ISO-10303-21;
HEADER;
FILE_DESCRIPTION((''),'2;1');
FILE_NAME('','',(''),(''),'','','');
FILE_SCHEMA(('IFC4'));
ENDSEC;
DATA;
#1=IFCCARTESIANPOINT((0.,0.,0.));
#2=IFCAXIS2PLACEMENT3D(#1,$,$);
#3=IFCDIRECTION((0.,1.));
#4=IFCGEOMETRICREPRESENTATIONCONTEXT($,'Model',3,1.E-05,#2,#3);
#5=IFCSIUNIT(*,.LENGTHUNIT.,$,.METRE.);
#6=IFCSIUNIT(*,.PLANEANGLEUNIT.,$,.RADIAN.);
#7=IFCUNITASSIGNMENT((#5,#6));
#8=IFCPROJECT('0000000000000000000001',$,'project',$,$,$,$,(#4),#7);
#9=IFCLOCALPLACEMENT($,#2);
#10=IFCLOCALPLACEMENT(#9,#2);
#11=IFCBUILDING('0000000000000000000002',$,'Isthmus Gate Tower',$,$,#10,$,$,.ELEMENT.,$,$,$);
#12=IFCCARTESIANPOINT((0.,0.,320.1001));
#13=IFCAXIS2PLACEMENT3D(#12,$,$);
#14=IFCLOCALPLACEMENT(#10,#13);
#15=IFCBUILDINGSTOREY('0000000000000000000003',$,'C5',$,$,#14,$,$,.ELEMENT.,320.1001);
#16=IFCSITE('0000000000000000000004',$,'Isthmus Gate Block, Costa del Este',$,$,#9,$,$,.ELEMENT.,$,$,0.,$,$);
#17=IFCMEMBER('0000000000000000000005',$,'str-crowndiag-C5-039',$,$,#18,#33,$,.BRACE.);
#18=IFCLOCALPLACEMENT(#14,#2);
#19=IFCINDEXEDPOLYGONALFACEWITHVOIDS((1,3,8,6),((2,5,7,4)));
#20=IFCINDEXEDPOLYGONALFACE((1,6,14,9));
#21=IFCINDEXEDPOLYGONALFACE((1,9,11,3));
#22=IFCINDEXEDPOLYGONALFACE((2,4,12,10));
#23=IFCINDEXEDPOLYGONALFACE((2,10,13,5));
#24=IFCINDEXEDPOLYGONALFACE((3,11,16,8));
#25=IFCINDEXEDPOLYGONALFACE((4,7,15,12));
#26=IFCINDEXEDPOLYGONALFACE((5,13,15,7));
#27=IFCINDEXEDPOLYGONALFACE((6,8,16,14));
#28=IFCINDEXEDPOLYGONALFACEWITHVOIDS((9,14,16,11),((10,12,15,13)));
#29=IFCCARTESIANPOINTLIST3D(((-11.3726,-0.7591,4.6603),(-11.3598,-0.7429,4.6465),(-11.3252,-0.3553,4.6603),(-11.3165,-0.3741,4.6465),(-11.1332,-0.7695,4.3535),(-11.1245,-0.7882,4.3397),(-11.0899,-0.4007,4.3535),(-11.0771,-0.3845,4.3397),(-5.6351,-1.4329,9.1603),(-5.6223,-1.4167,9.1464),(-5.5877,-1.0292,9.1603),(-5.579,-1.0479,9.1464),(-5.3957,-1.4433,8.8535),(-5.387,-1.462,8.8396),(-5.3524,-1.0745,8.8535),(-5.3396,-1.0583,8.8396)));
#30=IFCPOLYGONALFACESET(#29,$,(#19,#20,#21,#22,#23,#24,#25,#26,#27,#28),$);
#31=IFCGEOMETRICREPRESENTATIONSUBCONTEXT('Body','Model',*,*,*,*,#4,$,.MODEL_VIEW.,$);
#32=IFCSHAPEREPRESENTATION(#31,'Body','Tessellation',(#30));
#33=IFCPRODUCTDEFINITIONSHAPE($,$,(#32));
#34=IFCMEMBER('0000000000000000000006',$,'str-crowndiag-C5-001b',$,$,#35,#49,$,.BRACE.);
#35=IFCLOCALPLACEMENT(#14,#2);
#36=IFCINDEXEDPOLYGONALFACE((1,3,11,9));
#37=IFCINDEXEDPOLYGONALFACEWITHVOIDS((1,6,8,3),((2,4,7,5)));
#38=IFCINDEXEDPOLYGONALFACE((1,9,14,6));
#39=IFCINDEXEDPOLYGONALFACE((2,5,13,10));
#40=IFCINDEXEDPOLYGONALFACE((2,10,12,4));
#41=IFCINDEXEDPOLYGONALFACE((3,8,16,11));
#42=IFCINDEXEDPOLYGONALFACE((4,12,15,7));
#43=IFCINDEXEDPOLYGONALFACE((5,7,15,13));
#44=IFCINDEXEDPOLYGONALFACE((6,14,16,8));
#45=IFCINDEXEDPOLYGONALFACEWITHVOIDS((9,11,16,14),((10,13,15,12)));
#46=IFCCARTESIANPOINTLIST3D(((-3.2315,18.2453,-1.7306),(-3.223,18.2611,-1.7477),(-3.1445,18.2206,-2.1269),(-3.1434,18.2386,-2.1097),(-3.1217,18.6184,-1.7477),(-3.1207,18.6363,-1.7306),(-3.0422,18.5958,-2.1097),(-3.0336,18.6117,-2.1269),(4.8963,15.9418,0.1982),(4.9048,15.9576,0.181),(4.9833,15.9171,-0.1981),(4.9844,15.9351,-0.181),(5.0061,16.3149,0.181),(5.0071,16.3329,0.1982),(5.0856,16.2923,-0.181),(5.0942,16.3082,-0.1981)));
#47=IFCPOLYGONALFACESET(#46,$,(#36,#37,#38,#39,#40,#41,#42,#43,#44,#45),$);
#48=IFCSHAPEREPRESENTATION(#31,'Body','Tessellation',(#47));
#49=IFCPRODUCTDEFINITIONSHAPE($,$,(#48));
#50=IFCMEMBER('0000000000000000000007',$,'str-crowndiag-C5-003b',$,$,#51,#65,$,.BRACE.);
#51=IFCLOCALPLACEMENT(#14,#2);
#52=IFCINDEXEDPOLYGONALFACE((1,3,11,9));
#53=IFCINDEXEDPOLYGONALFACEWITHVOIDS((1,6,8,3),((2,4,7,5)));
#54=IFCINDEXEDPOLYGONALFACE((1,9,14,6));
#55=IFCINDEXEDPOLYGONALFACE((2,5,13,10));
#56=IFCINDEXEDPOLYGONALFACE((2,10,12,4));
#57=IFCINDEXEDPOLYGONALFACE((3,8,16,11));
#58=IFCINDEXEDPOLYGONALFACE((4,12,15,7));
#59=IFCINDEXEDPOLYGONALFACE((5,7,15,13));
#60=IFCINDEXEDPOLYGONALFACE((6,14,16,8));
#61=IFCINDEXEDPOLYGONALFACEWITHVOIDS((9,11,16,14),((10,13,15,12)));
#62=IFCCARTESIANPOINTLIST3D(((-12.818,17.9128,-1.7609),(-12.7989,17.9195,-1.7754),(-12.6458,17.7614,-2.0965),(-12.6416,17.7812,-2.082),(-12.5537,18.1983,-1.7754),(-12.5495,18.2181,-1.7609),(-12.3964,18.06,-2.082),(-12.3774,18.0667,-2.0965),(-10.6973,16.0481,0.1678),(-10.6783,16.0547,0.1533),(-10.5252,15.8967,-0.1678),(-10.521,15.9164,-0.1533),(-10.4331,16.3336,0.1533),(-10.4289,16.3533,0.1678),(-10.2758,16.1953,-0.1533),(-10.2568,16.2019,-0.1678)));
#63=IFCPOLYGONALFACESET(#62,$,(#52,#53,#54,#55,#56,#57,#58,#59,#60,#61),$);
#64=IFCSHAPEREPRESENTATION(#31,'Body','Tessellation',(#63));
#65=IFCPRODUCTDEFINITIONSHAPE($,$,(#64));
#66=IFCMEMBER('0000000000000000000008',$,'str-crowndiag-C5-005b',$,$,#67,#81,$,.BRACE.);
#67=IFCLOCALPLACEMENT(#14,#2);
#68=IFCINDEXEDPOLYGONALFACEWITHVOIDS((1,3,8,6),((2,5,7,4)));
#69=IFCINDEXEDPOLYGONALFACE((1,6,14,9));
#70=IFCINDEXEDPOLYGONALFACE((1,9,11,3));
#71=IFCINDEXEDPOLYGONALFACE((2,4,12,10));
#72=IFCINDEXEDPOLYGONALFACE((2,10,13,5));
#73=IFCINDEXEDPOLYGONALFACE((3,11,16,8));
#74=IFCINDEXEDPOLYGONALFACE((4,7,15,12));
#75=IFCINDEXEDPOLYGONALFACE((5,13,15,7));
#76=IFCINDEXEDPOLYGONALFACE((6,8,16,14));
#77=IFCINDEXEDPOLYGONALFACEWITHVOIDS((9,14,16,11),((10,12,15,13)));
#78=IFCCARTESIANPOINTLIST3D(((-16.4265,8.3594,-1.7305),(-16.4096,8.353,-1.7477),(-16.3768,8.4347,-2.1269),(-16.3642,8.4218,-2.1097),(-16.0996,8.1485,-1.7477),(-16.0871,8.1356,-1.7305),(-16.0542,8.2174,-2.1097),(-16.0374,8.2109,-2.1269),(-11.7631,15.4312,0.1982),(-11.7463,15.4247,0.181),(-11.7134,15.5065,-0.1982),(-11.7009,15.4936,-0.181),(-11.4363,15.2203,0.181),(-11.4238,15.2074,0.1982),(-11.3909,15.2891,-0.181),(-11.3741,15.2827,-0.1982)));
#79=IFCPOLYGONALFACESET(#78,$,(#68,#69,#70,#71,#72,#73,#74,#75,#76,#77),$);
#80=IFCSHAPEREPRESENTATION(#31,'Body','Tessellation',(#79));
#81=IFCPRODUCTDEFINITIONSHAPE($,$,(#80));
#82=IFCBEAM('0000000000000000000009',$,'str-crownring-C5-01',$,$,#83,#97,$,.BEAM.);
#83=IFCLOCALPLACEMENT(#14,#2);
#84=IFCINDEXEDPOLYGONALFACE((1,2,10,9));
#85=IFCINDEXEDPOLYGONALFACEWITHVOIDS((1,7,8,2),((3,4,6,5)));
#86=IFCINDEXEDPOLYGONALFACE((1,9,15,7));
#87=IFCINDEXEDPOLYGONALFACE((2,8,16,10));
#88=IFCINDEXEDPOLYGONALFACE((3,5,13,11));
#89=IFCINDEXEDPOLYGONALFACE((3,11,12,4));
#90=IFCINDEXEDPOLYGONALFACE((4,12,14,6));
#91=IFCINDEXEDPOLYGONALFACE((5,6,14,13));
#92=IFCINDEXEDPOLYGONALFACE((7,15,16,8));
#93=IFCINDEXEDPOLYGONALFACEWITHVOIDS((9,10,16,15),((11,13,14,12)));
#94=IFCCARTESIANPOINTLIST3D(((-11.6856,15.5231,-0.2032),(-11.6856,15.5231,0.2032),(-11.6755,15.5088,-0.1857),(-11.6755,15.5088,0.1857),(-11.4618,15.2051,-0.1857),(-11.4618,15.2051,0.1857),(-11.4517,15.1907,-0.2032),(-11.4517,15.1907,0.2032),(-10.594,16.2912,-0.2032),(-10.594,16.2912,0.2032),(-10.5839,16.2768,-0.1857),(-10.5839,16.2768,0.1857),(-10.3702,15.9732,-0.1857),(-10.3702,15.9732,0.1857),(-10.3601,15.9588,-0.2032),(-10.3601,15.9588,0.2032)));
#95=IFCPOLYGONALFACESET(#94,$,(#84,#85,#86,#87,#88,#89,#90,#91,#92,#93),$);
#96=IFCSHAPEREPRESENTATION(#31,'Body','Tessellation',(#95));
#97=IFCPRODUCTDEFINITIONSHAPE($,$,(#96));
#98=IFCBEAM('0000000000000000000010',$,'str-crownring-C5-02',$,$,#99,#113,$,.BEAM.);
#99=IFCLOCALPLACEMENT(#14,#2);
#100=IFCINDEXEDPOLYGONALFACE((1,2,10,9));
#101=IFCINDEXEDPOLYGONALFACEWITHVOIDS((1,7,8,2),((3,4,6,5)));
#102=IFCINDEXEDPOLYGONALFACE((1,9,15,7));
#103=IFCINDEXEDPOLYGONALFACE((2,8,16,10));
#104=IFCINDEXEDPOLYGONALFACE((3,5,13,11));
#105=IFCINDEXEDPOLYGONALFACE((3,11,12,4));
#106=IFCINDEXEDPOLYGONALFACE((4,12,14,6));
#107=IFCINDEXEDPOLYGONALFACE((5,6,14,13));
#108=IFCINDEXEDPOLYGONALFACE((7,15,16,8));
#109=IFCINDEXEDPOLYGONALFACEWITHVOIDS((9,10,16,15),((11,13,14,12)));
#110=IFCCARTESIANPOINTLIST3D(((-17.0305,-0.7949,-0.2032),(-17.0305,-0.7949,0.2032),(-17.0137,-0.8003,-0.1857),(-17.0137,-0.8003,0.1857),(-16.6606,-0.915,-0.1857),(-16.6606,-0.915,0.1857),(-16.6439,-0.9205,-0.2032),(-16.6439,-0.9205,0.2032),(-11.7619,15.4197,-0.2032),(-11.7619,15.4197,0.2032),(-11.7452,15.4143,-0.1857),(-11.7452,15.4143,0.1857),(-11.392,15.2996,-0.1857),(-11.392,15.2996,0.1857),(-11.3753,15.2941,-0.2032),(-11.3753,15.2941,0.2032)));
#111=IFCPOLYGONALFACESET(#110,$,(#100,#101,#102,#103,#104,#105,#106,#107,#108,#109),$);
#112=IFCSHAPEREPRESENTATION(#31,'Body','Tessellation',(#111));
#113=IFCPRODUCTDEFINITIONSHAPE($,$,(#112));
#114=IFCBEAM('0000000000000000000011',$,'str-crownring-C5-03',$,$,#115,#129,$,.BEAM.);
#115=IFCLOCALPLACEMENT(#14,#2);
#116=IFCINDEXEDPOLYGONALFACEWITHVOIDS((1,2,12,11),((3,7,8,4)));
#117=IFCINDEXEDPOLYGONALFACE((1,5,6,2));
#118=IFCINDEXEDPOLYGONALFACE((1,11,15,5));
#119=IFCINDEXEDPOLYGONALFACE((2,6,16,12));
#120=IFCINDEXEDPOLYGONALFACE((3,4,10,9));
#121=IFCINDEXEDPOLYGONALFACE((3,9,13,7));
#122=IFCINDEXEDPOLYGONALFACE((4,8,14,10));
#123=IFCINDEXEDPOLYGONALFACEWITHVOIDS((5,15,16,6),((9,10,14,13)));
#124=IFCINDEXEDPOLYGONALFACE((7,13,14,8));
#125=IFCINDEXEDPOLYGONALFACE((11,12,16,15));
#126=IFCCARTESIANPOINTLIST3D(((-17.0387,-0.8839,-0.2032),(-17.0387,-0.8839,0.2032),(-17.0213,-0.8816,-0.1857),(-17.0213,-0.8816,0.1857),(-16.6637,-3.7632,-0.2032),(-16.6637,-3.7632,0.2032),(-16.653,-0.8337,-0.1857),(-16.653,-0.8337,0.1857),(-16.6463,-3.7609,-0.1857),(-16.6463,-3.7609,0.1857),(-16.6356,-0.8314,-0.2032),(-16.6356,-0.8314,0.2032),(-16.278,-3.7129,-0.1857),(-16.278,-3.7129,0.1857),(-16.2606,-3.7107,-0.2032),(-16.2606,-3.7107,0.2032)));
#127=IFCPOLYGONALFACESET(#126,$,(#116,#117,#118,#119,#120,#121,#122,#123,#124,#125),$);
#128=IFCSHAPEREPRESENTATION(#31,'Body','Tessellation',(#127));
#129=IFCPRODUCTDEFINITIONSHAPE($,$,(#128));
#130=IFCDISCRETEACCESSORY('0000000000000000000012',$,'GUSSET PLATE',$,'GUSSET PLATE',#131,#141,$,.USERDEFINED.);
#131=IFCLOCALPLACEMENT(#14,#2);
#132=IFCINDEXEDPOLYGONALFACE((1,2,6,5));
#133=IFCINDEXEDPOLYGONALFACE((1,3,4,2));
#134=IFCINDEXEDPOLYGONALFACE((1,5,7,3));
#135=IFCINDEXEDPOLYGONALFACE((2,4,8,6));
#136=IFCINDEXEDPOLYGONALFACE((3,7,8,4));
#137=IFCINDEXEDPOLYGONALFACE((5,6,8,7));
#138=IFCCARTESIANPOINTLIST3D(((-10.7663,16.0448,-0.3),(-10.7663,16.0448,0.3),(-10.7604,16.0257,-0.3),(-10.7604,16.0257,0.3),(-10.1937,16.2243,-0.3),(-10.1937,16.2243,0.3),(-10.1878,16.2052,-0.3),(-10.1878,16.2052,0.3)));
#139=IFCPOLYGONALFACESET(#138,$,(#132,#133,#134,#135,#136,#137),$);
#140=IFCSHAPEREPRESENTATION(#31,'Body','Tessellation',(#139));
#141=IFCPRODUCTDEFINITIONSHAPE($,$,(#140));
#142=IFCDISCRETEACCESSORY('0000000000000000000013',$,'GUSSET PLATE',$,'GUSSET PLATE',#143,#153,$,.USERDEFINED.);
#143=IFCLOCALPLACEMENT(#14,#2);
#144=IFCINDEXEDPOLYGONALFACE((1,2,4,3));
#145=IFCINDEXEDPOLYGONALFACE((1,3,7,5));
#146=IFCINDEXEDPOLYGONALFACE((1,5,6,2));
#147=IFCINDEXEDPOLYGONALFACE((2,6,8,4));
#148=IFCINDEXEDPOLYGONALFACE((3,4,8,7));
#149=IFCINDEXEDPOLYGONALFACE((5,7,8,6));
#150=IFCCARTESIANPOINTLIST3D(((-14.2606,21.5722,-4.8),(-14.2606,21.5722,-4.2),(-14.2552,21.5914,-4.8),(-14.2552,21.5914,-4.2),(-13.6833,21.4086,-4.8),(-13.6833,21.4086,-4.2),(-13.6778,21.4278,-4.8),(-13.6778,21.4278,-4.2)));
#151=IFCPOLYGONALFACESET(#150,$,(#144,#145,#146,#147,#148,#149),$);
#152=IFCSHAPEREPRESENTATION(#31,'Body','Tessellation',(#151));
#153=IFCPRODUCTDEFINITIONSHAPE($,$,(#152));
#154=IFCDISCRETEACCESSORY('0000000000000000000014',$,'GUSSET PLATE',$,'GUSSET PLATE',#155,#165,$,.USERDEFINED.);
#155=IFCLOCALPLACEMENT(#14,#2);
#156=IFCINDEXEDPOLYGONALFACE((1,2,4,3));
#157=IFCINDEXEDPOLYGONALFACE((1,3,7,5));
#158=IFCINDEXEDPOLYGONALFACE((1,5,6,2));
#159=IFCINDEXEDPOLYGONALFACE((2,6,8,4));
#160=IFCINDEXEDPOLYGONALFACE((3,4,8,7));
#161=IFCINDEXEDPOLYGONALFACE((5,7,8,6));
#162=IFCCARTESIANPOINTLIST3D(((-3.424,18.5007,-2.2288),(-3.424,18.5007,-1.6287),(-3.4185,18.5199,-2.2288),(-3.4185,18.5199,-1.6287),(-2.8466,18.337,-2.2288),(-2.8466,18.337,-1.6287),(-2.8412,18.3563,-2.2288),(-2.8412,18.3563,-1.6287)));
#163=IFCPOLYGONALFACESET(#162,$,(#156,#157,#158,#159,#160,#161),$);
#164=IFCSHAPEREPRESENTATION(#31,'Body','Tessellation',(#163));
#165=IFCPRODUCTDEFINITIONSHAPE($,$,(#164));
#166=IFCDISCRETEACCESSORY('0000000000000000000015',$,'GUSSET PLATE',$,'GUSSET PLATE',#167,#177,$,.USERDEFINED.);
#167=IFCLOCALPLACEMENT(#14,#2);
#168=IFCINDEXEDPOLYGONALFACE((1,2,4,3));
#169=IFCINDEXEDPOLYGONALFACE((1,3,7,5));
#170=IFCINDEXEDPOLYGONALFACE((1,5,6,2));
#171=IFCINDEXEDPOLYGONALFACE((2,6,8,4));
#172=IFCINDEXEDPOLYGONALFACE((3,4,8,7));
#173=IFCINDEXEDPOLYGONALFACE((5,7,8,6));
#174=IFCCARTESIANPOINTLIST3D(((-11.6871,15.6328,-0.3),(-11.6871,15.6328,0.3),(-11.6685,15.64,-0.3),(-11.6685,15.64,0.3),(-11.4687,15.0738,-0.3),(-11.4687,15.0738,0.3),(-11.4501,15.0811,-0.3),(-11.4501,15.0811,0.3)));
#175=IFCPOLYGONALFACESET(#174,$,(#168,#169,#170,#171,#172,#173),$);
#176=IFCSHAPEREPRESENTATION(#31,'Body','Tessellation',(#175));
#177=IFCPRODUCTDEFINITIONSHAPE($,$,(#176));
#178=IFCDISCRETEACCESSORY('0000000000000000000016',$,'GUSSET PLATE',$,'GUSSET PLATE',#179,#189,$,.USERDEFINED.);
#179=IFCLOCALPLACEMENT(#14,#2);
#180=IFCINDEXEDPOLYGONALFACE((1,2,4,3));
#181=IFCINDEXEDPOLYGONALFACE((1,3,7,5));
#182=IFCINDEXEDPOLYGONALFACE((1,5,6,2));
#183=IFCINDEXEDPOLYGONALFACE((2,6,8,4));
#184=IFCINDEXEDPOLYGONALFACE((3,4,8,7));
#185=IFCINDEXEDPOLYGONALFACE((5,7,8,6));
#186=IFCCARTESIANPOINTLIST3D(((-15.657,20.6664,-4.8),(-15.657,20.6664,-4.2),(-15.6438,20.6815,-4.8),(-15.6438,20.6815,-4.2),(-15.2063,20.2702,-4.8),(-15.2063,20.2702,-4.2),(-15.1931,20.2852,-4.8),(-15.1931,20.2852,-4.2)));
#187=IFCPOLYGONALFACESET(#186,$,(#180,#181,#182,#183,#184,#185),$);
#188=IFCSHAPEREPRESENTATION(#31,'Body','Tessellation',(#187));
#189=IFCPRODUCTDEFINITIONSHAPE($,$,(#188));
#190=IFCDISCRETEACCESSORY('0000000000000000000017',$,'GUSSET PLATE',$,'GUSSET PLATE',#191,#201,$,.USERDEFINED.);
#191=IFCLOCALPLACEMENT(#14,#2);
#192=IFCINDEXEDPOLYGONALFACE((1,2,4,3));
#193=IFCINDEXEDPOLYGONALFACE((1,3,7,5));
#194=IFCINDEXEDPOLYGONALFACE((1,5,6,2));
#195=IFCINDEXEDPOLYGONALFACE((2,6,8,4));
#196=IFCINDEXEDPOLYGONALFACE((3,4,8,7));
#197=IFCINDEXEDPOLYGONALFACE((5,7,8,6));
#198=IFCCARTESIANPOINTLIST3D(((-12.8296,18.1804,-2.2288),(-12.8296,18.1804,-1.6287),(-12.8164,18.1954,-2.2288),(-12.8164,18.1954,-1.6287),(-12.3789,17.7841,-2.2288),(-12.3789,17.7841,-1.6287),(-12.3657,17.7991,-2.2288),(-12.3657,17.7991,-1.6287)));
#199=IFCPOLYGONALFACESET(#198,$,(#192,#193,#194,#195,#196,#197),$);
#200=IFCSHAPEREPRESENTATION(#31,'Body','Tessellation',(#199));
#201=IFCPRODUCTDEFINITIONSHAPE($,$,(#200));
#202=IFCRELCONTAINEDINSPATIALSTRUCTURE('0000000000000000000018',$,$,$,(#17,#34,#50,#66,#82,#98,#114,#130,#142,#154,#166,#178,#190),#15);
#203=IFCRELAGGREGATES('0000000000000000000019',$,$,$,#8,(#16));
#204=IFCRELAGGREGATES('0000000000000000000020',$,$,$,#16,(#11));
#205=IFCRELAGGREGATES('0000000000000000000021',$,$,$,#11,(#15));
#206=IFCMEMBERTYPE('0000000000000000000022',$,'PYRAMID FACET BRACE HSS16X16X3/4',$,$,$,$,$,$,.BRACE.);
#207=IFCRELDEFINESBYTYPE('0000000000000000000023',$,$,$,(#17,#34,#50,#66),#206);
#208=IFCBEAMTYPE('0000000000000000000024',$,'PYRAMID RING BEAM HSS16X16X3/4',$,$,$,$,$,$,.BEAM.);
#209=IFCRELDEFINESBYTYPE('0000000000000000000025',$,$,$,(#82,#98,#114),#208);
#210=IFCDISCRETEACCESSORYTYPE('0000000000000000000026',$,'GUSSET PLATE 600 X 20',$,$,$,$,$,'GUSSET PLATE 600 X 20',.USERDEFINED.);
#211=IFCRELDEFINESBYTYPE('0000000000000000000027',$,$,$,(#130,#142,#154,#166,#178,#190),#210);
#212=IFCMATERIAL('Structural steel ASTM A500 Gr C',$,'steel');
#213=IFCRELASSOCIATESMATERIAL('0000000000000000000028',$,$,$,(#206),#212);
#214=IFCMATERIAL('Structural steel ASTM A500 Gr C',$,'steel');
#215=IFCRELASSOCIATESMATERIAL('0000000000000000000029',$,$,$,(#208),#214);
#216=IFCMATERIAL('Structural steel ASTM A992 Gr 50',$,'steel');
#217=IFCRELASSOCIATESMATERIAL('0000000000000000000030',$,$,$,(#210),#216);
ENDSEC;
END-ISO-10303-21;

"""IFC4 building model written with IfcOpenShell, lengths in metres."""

from ifc_helpers import new_model, si_unit, direction, frame, origin, origin_2d, place, context, subcontext, project, spatial, rectangle, hollow_rectangle, extrude, material, material_profile, profile_set, type_object, element, save


model = new_model("IFC4")

# Units and contexts
model_context = context("Model", 3, precision=1e-05, world=origin(), true_north=direction((0.0, 1.0)))
body_context = subcontext(model_context, "Body", "Model", "MODEL_VIEW")
ifc_project = project(units=[si_unit("LENGTHUNIT", "METRE"), si_unit("PLANEANGLEUNIT", "RADIAN")], contexts=[model_context])

# Site, building, storey
site_placement = place(None, origin())
site = spatial("IfcSite", under=ifc_project, at=site_placement, Name="Isthmus Gate Block, Costa del Este", CompositionType="ELEMENT", RefElevation=0.0)
building_placement = place(site_placement, origin())
building = spatial("IfcBuilding", under=site, at=building_placement, Name="Isthmus Gate Tower", CompositionType="ELEMENT")
storey_placement = place(building_placement, frame((0.0, 0.0, 320.1001)))
storey = spatial("IfcBuildingStorey", under=building, at=storey_placement, Name="C5", CompositionType="ELEMENT", Elevation=320.1001)

# Members
ifc_material_1 = material(Name="Structural steel ASTM A500 Gr C", Category="steel")
ifc_material_profile_1 = material_profile(ifc_material_1, hollow_rectangle(XDim=0.4065, YDim=0.4065, WallThickness=0.0176, at=origin_2d()), Name="HSS16X16X3/4")
ifc_profile_set_1 = profile_set([ifc_material_profile_1], Name="Structural steel ASTM A500 Gr C")
member_type = type_object("IfcMemberType", Name="PYRAMID FACET BRACE HSS16X16X3/4", PredefinedType="BRACE", material=ifc_profile_set_1)
member_1_placement = place(storey_placement, frame((-11.2249, -0.5718, 4.5), z_axis=(0.783518, -0.092018, 0.614518), x_axis=(0.11664, 0.993174, 0.0)))
element("IfcMember", 1, at=member_1_placement, inside=storey, type_object=member_type, Name="str-crowndiag-C5-039", PredefinedType="BRACE", context=body_context, shape_type="SweptSolid", body=[
    extrude(hollow_rectangle(XDim=0.4065, YDim=0.4065, WallThickness=0.0176, at=origin_2d()), origin(), (0.0, 0.0, 1.0), 7.3228),
])
member_2_placement = place(storey_placement, frame((-3.1326, 18.4285, -1.9287), z_axis=(0.937972, -0.265831, 0.222582), x_axis=(0.272671, 0.962107, 0.0)))
element("IfcMember", 2, at=member_2_placement, inside=storey, type_object=member_type, Name="str-crowndiag-C5-001b", PredefinedType="BRACE", context=body_context, shape_type="SweptSolid", body=[
    extrude(hollow_rectangle(XDim=0.4065, YDim=0.4065, WallThickness=0.0176, at=origin_2d()), origin(), (0.0, 0.0, 1.0), 8.6653),
])
member_3_placement = place(storey_placement, frame((-12.5977, 17.9897, -1.9287), z_axis=(0.620119, -0.545299, 0.564004), x_axis=(0.660351, 0.750957, 0.0)))
element("IfcMember", 3, at=member_3_placement, inside=storey, type_object=member_type, Name="str-crowndiag-C5-003b", PredefinedType="BRACE", context=body_context, shape_type="SweptSolid", body=[
    extrude(hollow_rectangle(XDim=0.4065, YDim=0.4065, WallThickness=0.0176, at=origin_2d()), origin(), (0.0, 0.0, 1.0), 3.4197),
])
member_4_placement = place(storey_placement, frame((-16.2319, 8.2852, -1.9287), z_axis=(0.536772, 0.813996, 0.222004), x_axis=(-0.834829, 0.55051, 0.0)))
element("IfcMember", 4, at=member_4_placement, inside=storey, type_object=member_type, Name="str-crowndiag-C5-005b", PredefinedType="BRACE", context=body_context, shape_type="SweptSolid", body=[
    extrude(hollow_rectangle(XDim=0.4065, YDim=0.4065, WallThickness=0.0176, at=origin_2d()), origin(), (0.0, 0.0, 1.0), 8.6877),
])

# Beams
ifc_material_2 = material(Name="Structural steel ASTM A500 Gr C", Category="steel")
ifc_material_profile_2 = material_profile(ifc_material_2, hollow_rectangle(XDim=0.4065, YDim=0.4065, WallThickness=0.0176, at=origin_2d()), Name="HSS16X16X3/4")
ifc_profile_set_2 = profile_set([ifc_material_profile_2], Name="Structural steel ASTM A500 Gr C")
beam_type = type_object("IfcBeamType", Name="PYRAMID RING BEAM HSS16X16X3/4", PredefinedType="BEAM", material=ifc_profile_set_2)
beam_1_placement = place(storey_placement, frame((-10.4771, 16.125, 0.0), z_axis=(-0.817829, -0.575462, 0.0), x_axis=(0.575462, -0.817829, 0.0)))
element("IfcBeam", 5, at=beam_1_placement, inside=storey, type_object=beam_type, Name="str-crownring-C5-01", PredefinedType="BEAM", context=body_context, shape_type="SweptSolid", body=[
    extrude(hollow_rectangle(XDim=0.4065, YDim=0.4065, WallThickness=0.0176, at=origin_2d()), origin(), (0.0, 0.0, 1.0), 1.3347),
])
beam_2_placement = place(storey_placement, frame((-11.5686, 15.3569, 0.0), z_axis=(-0.309023, -0.951055, 0.0), x_axis=(0.951055, -0.309023, 0.0)))
element("IfcBeam", 6, at=beam_2_placement, inside=storey, type_object=beam_type, Name="str-crownring-C5-02", PredefinedType="BEAM", context=body_context, shape_type="SweptSolid", body=[
    extrude(hollow_rectangle(XDim=0.4065, YDim=0.4065, WallThickness=0.0176, at=origin_2d()), origin(), (0.0, 0.0, 1.0), 17.0491),
])
beam_3_placement = place(storey_placement, frame((-16.8372, -0.8577, 0.0), z_axis=(0.129156, -0.991624, 0.0), x_axis=(0.991624, 0.129156, 0.0)))
element("IfcBeam", 7, at=beam_3_placement, inside=storey, type_object=beam_type, Name="str-crownring-C5-03", PredefinedType="BEAM", context=body_context, shape_type="SweptSolid", body=[
    extrude(hollow_rectangle(XDim=0.4065, YDim=0.4065, WallThickness=0.0176, at=origin_2d()), origin(), (0.0, 0.0, 1.0), 2.9036),
])

# Discrete accessories
ifc_material_3 = material(Name="Structural steel ASTM A992 Gr 50", Category="steel")
discrete_accessory_type = type_object("IfcDiscreteAccessoryType", Name="GUSSET PLATE 600 X 20", ElementType="GUSSET PLATE 600 X 20", PredefinedType="USERDEFINED", material=ifc_material_3)
for number, where, z_axis, x_axis, name in (
    (8, (-10.4771, 16.125, -0.3), (0.0, 0.0, 1.0), (-0.954167, -0.299273, 0.0), "GUSSET PLATE"),
    (9, (-13.9692, 21.5, -4.8), (0.0, 0.0, 1.0), (0.962103, -0.272686, 0.0), "GUSSET PLATE"),
    (10, (-3.1326, 18.4285, -2.2288), (0.0, 0.0, 1.0), (0.962103, -0.272686, 0.0), "GUSSET PLATE"),
    (11, (-11.5686, 15.3569, -0.3), (0.0, 0.0, 1.0), (0.363979, -0.931407, 0.0), "GUSSET PLATE"),
    (12, (-15.425, 20.4758, -4.8), (0.0, 0.0, 1.0), (0.750963, -0.660344, 0.0), "GUSSET PLATE"),
    (13, (-12.5977, 17.9897, -2.2288), (0.0, 0.0, 1.0), (0.750963, -0.660344, 0.0), "GUSSET PLATE"),
):
    element("IfcDiscreteAccessory", number, at=place(storey_placement, frame(where, z_axis=z_axis, x_axis=x_axis)), inside=storey, type_object=discrete_accessory_type, Name=name, ObjectType="GUSSET PLATE", PredefinedType="USERDEFINED", context=body_context, shape_type="SweptSolid", body=[
        extrude(rectangle(XDim=0.6001, YDim=0.02, at=origin_2d()), origin(), (0.0, 0.0, 1.0), 0.6001),
    ])

save(model, "model.ifc")
